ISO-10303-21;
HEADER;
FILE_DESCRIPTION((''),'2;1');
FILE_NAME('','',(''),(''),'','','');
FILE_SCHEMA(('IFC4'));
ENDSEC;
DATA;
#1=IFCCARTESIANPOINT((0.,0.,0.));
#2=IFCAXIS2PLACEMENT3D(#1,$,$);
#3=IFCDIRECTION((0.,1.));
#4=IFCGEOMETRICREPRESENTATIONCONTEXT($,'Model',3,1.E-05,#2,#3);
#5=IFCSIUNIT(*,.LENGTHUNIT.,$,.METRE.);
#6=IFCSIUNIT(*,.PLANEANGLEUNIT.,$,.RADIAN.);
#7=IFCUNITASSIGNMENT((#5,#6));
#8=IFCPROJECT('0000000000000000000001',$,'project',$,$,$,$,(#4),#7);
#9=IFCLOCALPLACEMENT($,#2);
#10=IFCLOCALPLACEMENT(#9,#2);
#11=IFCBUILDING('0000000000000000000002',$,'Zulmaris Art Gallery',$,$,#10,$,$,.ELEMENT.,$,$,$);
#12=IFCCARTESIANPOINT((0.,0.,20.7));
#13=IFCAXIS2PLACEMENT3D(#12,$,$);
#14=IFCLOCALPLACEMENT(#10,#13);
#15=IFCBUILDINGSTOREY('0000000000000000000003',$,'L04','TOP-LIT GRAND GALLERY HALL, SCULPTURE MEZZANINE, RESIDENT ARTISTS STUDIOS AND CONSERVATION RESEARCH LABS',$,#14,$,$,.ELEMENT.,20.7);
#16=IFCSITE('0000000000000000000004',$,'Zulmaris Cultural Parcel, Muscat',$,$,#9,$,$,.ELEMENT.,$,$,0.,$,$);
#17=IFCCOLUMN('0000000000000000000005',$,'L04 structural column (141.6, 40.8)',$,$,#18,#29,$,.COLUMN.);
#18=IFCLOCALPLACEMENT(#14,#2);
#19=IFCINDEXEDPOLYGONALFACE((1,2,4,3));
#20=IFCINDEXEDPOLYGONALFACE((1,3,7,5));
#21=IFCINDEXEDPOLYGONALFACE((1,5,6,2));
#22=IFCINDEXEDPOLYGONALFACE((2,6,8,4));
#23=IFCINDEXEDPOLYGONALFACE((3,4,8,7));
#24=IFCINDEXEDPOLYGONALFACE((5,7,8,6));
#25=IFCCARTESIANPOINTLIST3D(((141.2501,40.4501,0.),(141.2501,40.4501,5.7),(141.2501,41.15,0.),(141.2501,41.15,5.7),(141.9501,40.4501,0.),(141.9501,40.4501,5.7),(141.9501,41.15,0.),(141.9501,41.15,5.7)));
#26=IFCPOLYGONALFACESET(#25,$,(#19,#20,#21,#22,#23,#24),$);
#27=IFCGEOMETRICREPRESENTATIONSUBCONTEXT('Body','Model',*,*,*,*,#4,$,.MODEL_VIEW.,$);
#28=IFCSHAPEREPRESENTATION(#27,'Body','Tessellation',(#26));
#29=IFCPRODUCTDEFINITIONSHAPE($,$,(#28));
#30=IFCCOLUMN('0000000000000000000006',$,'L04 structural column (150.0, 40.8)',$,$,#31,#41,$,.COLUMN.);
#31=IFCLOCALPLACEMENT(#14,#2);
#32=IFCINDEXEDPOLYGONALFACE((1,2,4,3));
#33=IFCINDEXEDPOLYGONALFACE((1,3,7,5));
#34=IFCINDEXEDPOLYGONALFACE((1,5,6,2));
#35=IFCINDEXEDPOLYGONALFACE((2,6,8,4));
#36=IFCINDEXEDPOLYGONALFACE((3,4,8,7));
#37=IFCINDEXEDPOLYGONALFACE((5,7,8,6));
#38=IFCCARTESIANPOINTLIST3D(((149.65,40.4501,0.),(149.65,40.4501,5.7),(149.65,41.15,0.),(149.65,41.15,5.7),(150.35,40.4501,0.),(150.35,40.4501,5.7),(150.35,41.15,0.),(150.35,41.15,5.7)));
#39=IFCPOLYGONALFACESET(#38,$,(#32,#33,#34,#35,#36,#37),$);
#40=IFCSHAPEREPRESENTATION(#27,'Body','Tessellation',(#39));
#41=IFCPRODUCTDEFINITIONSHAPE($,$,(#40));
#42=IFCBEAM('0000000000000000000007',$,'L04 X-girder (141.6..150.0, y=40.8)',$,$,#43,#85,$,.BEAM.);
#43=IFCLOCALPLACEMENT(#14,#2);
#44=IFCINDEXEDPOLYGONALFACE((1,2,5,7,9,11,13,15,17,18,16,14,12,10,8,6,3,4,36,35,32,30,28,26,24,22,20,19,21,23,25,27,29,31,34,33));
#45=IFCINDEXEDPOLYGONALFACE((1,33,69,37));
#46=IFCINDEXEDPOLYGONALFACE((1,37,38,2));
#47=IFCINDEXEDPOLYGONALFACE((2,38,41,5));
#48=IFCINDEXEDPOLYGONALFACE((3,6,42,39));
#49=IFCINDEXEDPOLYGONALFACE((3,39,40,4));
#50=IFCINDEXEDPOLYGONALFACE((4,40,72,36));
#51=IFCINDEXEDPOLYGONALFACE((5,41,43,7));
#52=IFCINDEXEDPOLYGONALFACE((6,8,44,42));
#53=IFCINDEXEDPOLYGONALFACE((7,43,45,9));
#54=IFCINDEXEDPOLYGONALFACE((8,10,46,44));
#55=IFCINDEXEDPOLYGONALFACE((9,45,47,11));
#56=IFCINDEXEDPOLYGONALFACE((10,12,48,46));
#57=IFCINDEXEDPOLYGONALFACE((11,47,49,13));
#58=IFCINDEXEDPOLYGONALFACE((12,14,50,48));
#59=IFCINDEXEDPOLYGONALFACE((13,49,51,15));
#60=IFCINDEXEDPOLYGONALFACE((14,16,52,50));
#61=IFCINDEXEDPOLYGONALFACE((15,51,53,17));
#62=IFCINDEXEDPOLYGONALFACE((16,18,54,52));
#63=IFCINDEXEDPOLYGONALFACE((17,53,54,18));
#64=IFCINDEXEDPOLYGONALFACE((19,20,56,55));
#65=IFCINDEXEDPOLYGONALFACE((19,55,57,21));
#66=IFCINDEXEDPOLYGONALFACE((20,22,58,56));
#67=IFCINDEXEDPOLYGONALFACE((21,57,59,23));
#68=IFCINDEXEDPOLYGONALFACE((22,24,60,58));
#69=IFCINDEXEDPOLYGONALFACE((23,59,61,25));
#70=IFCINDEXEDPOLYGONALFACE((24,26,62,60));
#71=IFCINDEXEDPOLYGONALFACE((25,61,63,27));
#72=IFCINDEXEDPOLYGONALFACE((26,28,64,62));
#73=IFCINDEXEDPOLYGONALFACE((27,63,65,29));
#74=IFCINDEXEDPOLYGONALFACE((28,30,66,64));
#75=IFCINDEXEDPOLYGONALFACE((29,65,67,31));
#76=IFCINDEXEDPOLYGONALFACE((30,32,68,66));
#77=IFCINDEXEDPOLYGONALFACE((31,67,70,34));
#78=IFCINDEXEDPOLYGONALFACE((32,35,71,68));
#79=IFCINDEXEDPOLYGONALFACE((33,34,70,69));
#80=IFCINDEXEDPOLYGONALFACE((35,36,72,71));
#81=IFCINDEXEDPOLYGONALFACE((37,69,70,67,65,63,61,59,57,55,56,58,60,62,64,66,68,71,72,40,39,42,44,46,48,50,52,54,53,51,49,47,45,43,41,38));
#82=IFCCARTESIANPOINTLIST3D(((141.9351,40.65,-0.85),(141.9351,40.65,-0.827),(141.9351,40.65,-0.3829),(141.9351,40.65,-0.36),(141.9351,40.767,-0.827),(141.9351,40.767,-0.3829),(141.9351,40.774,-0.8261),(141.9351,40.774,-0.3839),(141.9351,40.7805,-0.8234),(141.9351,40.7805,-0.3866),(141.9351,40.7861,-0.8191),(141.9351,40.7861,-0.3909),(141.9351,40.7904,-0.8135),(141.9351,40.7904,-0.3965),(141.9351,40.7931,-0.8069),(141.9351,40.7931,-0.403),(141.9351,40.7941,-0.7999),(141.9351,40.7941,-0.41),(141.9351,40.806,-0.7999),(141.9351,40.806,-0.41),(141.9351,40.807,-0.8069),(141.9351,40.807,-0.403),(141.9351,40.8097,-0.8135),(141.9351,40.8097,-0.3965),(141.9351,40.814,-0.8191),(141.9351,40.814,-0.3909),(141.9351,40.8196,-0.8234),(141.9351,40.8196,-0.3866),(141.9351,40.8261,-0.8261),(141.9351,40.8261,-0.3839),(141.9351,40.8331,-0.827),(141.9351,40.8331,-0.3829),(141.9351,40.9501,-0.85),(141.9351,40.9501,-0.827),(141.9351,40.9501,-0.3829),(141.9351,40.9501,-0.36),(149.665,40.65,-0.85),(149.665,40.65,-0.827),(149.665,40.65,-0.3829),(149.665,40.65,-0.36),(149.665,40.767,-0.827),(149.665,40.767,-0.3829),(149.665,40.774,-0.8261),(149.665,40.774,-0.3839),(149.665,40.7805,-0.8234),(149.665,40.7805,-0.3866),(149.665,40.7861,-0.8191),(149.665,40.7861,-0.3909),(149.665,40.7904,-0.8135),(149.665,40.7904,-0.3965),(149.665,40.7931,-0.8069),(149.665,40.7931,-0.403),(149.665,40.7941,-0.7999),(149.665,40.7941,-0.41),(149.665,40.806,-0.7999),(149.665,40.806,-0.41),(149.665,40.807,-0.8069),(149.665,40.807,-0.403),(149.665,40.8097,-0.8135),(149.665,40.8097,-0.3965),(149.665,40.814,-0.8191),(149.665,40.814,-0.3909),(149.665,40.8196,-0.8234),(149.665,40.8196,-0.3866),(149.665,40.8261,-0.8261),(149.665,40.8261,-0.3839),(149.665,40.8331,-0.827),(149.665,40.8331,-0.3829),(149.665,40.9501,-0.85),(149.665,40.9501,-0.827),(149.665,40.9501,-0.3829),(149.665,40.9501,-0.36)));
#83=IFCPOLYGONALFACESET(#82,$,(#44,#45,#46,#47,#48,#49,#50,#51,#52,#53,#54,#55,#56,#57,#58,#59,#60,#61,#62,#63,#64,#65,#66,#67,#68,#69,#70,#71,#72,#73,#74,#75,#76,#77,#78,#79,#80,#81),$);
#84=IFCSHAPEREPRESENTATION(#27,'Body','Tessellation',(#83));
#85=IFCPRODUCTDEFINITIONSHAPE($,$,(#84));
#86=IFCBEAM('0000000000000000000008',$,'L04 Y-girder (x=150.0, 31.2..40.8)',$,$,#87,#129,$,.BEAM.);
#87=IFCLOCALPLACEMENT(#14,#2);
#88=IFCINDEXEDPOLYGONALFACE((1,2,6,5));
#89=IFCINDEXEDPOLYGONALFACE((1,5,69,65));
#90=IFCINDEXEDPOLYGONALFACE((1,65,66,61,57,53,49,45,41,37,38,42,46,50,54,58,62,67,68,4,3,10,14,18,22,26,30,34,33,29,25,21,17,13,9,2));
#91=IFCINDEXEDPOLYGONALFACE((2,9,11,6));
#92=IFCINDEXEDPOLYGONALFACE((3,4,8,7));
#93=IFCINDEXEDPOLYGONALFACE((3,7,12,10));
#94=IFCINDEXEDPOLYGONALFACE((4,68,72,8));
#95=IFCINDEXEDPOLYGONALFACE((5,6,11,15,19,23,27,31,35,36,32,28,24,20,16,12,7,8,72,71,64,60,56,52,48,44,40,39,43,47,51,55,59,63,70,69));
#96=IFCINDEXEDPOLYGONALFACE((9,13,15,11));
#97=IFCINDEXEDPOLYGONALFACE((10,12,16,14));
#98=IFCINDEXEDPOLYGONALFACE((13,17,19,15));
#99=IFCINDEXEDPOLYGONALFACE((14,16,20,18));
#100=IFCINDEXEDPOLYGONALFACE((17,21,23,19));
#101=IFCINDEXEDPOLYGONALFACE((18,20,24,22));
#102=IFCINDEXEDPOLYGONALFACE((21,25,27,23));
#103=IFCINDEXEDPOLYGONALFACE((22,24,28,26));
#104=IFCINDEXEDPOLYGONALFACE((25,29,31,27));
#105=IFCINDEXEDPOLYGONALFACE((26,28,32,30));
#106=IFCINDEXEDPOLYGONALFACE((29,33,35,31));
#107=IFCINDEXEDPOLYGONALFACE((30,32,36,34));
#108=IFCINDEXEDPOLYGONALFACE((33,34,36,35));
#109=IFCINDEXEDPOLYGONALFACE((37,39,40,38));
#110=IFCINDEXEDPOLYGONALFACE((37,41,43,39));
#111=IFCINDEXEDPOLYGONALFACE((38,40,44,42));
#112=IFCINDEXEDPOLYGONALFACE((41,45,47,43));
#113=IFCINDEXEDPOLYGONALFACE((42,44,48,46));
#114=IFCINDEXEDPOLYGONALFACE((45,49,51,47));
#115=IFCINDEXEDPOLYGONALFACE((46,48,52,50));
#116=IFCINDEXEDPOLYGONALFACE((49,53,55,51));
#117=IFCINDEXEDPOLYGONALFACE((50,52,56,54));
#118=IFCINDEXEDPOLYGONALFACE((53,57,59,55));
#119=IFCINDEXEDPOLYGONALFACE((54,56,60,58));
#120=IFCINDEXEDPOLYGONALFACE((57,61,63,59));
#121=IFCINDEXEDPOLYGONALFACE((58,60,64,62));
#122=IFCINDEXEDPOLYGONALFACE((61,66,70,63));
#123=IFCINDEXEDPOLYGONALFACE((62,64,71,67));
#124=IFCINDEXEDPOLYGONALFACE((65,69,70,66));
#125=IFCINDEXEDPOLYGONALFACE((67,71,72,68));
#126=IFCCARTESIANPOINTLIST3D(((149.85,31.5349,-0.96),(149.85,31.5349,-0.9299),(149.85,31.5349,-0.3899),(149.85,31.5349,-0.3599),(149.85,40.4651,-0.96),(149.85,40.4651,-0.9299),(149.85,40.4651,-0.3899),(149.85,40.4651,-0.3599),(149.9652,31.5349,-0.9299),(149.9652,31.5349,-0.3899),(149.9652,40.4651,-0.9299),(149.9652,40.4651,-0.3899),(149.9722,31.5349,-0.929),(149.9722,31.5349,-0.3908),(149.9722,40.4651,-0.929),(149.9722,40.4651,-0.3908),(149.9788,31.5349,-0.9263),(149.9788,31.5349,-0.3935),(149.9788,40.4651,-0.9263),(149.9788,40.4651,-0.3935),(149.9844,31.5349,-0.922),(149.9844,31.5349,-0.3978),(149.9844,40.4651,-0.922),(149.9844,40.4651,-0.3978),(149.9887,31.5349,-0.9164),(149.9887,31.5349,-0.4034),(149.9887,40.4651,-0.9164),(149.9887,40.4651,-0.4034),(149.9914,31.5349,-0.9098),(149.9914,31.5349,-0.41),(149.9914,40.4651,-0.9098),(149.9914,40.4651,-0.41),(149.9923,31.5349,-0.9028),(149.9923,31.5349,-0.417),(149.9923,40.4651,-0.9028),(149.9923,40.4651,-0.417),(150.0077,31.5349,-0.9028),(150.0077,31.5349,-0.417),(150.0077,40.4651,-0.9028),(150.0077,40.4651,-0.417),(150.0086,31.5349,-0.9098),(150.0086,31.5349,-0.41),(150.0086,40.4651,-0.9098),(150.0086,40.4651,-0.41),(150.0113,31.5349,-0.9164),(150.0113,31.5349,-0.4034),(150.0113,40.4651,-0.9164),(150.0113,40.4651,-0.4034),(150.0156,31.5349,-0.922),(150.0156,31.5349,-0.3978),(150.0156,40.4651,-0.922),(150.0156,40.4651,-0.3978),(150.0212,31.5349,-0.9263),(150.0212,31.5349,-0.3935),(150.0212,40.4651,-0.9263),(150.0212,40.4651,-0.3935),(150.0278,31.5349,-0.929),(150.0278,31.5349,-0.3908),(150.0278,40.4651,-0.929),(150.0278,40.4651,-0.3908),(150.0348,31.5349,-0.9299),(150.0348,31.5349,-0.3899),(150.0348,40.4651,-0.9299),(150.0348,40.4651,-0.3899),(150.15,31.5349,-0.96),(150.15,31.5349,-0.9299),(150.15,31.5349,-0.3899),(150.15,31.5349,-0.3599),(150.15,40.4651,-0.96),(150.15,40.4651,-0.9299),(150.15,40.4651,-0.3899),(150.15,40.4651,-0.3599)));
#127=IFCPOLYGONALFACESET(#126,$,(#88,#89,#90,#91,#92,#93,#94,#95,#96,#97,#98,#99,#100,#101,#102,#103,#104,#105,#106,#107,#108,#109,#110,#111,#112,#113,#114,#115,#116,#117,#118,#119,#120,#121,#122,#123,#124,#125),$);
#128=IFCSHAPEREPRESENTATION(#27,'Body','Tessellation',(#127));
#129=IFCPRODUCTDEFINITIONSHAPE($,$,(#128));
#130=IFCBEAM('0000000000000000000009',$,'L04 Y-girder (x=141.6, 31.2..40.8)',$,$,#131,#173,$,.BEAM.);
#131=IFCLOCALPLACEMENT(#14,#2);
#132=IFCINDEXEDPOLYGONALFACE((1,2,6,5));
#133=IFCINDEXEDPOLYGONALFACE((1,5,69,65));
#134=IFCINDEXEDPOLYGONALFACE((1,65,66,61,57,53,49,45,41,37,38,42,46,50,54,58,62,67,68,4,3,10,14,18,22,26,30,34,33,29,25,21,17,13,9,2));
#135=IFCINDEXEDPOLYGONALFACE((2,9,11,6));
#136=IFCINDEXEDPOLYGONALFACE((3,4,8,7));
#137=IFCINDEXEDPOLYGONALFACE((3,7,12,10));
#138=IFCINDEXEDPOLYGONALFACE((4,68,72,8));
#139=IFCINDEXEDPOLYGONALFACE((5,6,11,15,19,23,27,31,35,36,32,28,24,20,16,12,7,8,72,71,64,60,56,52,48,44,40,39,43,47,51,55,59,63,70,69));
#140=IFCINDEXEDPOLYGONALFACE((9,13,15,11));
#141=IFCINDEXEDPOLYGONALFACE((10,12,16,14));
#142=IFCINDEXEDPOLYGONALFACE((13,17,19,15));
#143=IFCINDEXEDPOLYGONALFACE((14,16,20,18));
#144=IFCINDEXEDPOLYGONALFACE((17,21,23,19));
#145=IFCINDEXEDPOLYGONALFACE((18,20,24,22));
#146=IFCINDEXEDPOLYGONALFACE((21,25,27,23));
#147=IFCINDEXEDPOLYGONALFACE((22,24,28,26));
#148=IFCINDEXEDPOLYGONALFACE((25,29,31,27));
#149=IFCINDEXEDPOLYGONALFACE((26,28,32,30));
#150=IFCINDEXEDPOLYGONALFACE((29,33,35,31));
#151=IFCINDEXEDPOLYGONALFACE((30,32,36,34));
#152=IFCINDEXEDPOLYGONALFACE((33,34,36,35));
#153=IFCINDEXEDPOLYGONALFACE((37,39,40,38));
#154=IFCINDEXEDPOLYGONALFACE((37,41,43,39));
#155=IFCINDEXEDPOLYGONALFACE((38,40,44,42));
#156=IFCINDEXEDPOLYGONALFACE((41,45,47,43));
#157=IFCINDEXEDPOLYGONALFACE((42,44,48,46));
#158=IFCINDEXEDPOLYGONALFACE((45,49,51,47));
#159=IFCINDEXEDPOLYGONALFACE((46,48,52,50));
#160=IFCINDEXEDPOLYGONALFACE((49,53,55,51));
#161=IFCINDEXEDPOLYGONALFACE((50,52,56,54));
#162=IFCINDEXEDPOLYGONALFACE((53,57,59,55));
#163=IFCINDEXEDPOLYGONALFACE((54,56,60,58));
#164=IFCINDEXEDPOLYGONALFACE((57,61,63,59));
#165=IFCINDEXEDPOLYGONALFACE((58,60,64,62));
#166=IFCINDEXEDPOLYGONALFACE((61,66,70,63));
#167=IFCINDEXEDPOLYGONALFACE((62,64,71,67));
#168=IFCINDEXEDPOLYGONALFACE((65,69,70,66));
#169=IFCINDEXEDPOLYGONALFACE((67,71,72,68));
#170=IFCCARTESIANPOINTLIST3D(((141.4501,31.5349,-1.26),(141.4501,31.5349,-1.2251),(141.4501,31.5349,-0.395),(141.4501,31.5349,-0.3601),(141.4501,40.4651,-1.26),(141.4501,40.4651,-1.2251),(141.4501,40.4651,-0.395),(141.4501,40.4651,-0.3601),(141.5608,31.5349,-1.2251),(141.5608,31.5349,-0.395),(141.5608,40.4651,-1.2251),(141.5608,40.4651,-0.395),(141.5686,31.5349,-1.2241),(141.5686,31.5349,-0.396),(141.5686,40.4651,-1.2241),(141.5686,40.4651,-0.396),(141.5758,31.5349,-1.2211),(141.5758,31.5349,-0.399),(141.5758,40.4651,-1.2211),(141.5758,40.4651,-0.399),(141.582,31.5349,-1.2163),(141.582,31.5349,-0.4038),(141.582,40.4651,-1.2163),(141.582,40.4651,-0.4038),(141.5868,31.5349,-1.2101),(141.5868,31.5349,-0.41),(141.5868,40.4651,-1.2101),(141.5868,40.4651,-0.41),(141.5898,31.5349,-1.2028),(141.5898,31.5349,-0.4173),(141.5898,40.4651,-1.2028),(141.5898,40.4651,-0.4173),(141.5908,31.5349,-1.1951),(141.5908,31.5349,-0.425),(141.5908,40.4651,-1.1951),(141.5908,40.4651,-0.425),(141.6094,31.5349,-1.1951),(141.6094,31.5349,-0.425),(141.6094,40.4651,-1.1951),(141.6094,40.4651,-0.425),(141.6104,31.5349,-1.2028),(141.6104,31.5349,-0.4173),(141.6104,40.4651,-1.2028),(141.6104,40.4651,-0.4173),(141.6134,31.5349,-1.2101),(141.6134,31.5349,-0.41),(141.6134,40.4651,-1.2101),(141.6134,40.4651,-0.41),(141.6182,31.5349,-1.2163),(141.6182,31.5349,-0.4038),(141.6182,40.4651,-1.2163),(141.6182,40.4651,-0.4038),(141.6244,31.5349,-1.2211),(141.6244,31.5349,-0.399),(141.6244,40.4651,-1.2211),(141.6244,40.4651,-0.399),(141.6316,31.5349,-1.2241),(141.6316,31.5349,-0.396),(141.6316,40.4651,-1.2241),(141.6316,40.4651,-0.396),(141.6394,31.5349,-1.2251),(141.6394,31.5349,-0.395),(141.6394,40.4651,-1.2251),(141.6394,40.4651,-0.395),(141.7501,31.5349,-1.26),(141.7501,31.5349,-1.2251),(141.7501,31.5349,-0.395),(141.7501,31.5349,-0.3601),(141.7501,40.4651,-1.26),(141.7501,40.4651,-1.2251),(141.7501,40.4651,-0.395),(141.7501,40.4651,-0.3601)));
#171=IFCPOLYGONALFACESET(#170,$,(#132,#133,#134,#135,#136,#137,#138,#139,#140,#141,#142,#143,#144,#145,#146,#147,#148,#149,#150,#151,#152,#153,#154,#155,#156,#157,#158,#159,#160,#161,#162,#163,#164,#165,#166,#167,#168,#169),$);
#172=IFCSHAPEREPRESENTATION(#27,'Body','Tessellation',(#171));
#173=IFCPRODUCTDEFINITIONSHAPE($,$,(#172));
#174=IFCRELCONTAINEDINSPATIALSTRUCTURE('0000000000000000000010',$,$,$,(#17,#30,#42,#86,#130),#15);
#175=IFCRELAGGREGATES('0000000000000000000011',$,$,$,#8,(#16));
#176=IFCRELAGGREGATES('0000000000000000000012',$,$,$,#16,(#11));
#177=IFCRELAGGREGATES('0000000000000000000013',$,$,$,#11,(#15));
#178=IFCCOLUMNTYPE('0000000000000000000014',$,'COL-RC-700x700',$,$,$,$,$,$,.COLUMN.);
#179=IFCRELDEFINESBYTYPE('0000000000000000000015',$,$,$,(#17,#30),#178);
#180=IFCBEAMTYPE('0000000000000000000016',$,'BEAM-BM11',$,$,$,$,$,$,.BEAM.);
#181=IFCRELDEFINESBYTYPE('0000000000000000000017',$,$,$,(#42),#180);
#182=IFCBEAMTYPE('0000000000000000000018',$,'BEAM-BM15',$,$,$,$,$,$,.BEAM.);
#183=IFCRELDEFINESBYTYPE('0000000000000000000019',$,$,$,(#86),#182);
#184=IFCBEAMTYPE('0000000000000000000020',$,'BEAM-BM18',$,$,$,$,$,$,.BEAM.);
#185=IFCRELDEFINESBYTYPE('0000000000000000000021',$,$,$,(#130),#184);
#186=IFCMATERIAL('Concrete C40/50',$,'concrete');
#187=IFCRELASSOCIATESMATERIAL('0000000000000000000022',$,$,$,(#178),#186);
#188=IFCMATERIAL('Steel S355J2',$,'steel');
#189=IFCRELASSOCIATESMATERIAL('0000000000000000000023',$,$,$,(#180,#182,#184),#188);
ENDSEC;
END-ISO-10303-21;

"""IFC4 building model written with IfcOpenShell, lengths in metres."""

from ifc_helpers import new_model, si_unit, direction, frame, origin, origin_2d, place, context, subcontext, project, spatial, rectangle, i_section, extrude, material, material_profile, profile_set, type_object, element, save


model = new_model("IFC4")

# Units and contexts
model_context = context("Model", 3, precision=1e-05, world=origin(), true_north=direction((0.0, 1.0)))
body_context = subcontext(model_context, "Body", "Model", "MODEL_VIEW")
ifc_project = project(units=[si_unit("LENGTHUNIT", "METRE"), si_unit("PLANEANGLEUNIT", "RADIAN")], contexts=[model_context])

# Site, building, storey
site_placement = place(None, origin())
site = spatial("IfcSite", under=ifc_project, at=site_placement, Name="Zulmaris Cultural Parcel, Muscat", CompositionType="ELEMENT", RefElevation=0.0)
building_placement = place(site_placement, origin())
building = spatial("IfcBuilding", under=site, at=building_placement, Name="Zulmaris Art Gallery", CompositionType="ELEMENT")
storey_placement = place(building_placement, frame((0.0, 0.0, 20.7)))
storey = spatial("IfcBuildingStorey", under=building, at=storey_placement, Name="L04", Description="TOP-LIT GRAND GALLERY HALL, SCULPTURE MEZZANINE, RESIDENT ARTISTS STUDIOS AND CONSERVATION RESEARCH LABS", CompositionType="ELEMENT", Elevation=20.7)

# Columns
ifc_material_1 = material(Name="Concrete C40/50", Category="concrete")
ifc_material_profile_1 = material_profile(ifc_material_1, rectangle(XDim=0.7, YDim=0.7, at=origin_2d()), Name="RC 700x700")
ifc_profile_set_1 = profile_set([ifc_material_profile_1], Name="Concrete C40/50")
column_type = type_object("IfcColumnType", Name="COL-RC-700x700", PredefinedType="COLUMN", material=ifc_profile_set_1)
for number, where, z_axis, x_axis, name in (
    (1, (141.6001, 40.8, 0.0), (0.0, 0.0, 1.0), (1.0, 0.0, 0.0), "L04 structural column (141.6, 40.8)"),
    (2, (150.0, 40.8, 0.0), (0.0, 0.0, 1.0), (1.0, 0.0, 0.0), "L04 structural column (150.0, 40.8)"),
):
    element("IfcColumn", number, at=place(storey_placement, frame(where, z_axis=z_axis, x_axis=x_axis)), inside=storey, type_object=column_type, Name=name, PredefinedType="COLUMN", context=body_context, shape_type="SweptSolid", body=[
        extrude(rectangle(XDim=0.7, YDim=0.7, at=origin_2d()), origin(), (0.0, 0.0, 1.0), 5.7),
    ])

# Beams
ifc_material_2 = material(Name="Steel S355J2", Category="steel")
ifc_material_profile_2 = material_profile(ifc_material_2, i_section(OverallWidth=0.3, OverallDepth=0.49, WebThickness=0.012, FlangeThickness=0.0229, FilletRadius=0.0271, at=origin_2d()), Name="HEA 500")
ifc_profile_set_2 = profile_set([ifc_material_profile_2], Name="Steel S355J2")
beam_type_1 = type_object("IfcBeamType", Name="BEAM-BM11", PredefinedType="BEAM", material=ifc_profile_set_2)
beam_1_placement = place(storey_placement, frame((141.9351, 40.8, -0.605), z_axis=(1.0, 0.0, 0.0), x_axis=(0.0, 1.0, 0.0)))
element("IfcBeam", 3, at=beam_1_placement, inside=storey, type_object=beam_type_1, Name="L04 X-girder (141.6..150.0, y=40.8)", PredefinedType="BEAM", context=body_context, shape_type="SweptSolid", body=[
    extrude(i_section(OverallWidth=0.3, OverallDepth=0.49, WebThickness=0.012, FlangeThickness=0.0229, FilletRadius=0.0271, at=origin_2d()), origin(), (0.0, 0.0, 1.0), 7.73),
])
ifc_material_profile_3 = material_profile(ifc_material_2, i_section(OverallWidth=0.3, OverallDepth=0.6001, WebThickness=0.0154, FlangeThickness=0.03, FilletRadius=0.0271, at=origin_2d()), Name="HEB 600")
ifc_profile_set_3 = profile_set([ifc_material_profile_3], Name="Steel S355J2")
beam_type_2 = type_object("IfcBeamType", Name="BEAM-BM15", PredefinedType="BEAM", material=ifc_profile_set_3)
beam_2_placement = place(storey_placement, frame((150.0, 31.5349, -0.6599), z_axis=(0.0, 1.0, 0.0), x_axis=(-1.0, 0.0, 0.0)))
element("IfcBeam", 4, at=beam_2_placement, inside=storey, type_object=beam_type_2, Name="L04 Y-girder (x=150.0, 31.2..40.8)", PredefinedType="BEAM", context=body_context, shape_type="SweptSolid", body=[
    extrude(i_section(OverallWidth=0.3, OverallDepth=0.6001, WebThickness=0.0154, FlangeThickness=0.03, FilletRadius=0.0271, at=origin_2d()), origin(), (0.0, 0.0, 1.0), 8.9302),
])
ifc_material_profile_4 = material_profile(ifc_material_2, i_section(OverallWidth=0.3, OverallDepth=0.8999, WebThickness=0.0186, FlangeThickness=0.0349, FilletRadius=0.03, at=origin_2d()), Name="HEB 900")
ifc_profile_set_4 = profile_set([ifc_material_profile_4], Name="Steel S355J2")
beam_type_3 = type_object("IfcBeamType", Name="BEAM-BM18", PredefinedType="BEAM", material=ifc_profile_set_4)
beam_3_placement = place(storey_placement, frame((141.6001, 31.5349, -0.8101), z_axis=(0.0, 1.0, 0.0), x_axis=(-1.0, 0.0, 0.0)))
element("IfcBeam", 5, at=beam_3_placement, inside=storey, type_object=beam_type_3, Name="L04 Y-girder (x=141.6, 31.2..40.8)", PredefinedType="BEAM", context=body_context, shape_type="SweptSolid", body=[
    extrude(i_section(OverallWidth=0.3, OverallDepth=0.8999, WebThickness=0.0186, FlangeThickness=0.0349, FilletRadius=0.03, at=origin_2d()), origin(), (0.0, 0.0, 1.0), 8.9302),
])

save(model, "model.ifc")
